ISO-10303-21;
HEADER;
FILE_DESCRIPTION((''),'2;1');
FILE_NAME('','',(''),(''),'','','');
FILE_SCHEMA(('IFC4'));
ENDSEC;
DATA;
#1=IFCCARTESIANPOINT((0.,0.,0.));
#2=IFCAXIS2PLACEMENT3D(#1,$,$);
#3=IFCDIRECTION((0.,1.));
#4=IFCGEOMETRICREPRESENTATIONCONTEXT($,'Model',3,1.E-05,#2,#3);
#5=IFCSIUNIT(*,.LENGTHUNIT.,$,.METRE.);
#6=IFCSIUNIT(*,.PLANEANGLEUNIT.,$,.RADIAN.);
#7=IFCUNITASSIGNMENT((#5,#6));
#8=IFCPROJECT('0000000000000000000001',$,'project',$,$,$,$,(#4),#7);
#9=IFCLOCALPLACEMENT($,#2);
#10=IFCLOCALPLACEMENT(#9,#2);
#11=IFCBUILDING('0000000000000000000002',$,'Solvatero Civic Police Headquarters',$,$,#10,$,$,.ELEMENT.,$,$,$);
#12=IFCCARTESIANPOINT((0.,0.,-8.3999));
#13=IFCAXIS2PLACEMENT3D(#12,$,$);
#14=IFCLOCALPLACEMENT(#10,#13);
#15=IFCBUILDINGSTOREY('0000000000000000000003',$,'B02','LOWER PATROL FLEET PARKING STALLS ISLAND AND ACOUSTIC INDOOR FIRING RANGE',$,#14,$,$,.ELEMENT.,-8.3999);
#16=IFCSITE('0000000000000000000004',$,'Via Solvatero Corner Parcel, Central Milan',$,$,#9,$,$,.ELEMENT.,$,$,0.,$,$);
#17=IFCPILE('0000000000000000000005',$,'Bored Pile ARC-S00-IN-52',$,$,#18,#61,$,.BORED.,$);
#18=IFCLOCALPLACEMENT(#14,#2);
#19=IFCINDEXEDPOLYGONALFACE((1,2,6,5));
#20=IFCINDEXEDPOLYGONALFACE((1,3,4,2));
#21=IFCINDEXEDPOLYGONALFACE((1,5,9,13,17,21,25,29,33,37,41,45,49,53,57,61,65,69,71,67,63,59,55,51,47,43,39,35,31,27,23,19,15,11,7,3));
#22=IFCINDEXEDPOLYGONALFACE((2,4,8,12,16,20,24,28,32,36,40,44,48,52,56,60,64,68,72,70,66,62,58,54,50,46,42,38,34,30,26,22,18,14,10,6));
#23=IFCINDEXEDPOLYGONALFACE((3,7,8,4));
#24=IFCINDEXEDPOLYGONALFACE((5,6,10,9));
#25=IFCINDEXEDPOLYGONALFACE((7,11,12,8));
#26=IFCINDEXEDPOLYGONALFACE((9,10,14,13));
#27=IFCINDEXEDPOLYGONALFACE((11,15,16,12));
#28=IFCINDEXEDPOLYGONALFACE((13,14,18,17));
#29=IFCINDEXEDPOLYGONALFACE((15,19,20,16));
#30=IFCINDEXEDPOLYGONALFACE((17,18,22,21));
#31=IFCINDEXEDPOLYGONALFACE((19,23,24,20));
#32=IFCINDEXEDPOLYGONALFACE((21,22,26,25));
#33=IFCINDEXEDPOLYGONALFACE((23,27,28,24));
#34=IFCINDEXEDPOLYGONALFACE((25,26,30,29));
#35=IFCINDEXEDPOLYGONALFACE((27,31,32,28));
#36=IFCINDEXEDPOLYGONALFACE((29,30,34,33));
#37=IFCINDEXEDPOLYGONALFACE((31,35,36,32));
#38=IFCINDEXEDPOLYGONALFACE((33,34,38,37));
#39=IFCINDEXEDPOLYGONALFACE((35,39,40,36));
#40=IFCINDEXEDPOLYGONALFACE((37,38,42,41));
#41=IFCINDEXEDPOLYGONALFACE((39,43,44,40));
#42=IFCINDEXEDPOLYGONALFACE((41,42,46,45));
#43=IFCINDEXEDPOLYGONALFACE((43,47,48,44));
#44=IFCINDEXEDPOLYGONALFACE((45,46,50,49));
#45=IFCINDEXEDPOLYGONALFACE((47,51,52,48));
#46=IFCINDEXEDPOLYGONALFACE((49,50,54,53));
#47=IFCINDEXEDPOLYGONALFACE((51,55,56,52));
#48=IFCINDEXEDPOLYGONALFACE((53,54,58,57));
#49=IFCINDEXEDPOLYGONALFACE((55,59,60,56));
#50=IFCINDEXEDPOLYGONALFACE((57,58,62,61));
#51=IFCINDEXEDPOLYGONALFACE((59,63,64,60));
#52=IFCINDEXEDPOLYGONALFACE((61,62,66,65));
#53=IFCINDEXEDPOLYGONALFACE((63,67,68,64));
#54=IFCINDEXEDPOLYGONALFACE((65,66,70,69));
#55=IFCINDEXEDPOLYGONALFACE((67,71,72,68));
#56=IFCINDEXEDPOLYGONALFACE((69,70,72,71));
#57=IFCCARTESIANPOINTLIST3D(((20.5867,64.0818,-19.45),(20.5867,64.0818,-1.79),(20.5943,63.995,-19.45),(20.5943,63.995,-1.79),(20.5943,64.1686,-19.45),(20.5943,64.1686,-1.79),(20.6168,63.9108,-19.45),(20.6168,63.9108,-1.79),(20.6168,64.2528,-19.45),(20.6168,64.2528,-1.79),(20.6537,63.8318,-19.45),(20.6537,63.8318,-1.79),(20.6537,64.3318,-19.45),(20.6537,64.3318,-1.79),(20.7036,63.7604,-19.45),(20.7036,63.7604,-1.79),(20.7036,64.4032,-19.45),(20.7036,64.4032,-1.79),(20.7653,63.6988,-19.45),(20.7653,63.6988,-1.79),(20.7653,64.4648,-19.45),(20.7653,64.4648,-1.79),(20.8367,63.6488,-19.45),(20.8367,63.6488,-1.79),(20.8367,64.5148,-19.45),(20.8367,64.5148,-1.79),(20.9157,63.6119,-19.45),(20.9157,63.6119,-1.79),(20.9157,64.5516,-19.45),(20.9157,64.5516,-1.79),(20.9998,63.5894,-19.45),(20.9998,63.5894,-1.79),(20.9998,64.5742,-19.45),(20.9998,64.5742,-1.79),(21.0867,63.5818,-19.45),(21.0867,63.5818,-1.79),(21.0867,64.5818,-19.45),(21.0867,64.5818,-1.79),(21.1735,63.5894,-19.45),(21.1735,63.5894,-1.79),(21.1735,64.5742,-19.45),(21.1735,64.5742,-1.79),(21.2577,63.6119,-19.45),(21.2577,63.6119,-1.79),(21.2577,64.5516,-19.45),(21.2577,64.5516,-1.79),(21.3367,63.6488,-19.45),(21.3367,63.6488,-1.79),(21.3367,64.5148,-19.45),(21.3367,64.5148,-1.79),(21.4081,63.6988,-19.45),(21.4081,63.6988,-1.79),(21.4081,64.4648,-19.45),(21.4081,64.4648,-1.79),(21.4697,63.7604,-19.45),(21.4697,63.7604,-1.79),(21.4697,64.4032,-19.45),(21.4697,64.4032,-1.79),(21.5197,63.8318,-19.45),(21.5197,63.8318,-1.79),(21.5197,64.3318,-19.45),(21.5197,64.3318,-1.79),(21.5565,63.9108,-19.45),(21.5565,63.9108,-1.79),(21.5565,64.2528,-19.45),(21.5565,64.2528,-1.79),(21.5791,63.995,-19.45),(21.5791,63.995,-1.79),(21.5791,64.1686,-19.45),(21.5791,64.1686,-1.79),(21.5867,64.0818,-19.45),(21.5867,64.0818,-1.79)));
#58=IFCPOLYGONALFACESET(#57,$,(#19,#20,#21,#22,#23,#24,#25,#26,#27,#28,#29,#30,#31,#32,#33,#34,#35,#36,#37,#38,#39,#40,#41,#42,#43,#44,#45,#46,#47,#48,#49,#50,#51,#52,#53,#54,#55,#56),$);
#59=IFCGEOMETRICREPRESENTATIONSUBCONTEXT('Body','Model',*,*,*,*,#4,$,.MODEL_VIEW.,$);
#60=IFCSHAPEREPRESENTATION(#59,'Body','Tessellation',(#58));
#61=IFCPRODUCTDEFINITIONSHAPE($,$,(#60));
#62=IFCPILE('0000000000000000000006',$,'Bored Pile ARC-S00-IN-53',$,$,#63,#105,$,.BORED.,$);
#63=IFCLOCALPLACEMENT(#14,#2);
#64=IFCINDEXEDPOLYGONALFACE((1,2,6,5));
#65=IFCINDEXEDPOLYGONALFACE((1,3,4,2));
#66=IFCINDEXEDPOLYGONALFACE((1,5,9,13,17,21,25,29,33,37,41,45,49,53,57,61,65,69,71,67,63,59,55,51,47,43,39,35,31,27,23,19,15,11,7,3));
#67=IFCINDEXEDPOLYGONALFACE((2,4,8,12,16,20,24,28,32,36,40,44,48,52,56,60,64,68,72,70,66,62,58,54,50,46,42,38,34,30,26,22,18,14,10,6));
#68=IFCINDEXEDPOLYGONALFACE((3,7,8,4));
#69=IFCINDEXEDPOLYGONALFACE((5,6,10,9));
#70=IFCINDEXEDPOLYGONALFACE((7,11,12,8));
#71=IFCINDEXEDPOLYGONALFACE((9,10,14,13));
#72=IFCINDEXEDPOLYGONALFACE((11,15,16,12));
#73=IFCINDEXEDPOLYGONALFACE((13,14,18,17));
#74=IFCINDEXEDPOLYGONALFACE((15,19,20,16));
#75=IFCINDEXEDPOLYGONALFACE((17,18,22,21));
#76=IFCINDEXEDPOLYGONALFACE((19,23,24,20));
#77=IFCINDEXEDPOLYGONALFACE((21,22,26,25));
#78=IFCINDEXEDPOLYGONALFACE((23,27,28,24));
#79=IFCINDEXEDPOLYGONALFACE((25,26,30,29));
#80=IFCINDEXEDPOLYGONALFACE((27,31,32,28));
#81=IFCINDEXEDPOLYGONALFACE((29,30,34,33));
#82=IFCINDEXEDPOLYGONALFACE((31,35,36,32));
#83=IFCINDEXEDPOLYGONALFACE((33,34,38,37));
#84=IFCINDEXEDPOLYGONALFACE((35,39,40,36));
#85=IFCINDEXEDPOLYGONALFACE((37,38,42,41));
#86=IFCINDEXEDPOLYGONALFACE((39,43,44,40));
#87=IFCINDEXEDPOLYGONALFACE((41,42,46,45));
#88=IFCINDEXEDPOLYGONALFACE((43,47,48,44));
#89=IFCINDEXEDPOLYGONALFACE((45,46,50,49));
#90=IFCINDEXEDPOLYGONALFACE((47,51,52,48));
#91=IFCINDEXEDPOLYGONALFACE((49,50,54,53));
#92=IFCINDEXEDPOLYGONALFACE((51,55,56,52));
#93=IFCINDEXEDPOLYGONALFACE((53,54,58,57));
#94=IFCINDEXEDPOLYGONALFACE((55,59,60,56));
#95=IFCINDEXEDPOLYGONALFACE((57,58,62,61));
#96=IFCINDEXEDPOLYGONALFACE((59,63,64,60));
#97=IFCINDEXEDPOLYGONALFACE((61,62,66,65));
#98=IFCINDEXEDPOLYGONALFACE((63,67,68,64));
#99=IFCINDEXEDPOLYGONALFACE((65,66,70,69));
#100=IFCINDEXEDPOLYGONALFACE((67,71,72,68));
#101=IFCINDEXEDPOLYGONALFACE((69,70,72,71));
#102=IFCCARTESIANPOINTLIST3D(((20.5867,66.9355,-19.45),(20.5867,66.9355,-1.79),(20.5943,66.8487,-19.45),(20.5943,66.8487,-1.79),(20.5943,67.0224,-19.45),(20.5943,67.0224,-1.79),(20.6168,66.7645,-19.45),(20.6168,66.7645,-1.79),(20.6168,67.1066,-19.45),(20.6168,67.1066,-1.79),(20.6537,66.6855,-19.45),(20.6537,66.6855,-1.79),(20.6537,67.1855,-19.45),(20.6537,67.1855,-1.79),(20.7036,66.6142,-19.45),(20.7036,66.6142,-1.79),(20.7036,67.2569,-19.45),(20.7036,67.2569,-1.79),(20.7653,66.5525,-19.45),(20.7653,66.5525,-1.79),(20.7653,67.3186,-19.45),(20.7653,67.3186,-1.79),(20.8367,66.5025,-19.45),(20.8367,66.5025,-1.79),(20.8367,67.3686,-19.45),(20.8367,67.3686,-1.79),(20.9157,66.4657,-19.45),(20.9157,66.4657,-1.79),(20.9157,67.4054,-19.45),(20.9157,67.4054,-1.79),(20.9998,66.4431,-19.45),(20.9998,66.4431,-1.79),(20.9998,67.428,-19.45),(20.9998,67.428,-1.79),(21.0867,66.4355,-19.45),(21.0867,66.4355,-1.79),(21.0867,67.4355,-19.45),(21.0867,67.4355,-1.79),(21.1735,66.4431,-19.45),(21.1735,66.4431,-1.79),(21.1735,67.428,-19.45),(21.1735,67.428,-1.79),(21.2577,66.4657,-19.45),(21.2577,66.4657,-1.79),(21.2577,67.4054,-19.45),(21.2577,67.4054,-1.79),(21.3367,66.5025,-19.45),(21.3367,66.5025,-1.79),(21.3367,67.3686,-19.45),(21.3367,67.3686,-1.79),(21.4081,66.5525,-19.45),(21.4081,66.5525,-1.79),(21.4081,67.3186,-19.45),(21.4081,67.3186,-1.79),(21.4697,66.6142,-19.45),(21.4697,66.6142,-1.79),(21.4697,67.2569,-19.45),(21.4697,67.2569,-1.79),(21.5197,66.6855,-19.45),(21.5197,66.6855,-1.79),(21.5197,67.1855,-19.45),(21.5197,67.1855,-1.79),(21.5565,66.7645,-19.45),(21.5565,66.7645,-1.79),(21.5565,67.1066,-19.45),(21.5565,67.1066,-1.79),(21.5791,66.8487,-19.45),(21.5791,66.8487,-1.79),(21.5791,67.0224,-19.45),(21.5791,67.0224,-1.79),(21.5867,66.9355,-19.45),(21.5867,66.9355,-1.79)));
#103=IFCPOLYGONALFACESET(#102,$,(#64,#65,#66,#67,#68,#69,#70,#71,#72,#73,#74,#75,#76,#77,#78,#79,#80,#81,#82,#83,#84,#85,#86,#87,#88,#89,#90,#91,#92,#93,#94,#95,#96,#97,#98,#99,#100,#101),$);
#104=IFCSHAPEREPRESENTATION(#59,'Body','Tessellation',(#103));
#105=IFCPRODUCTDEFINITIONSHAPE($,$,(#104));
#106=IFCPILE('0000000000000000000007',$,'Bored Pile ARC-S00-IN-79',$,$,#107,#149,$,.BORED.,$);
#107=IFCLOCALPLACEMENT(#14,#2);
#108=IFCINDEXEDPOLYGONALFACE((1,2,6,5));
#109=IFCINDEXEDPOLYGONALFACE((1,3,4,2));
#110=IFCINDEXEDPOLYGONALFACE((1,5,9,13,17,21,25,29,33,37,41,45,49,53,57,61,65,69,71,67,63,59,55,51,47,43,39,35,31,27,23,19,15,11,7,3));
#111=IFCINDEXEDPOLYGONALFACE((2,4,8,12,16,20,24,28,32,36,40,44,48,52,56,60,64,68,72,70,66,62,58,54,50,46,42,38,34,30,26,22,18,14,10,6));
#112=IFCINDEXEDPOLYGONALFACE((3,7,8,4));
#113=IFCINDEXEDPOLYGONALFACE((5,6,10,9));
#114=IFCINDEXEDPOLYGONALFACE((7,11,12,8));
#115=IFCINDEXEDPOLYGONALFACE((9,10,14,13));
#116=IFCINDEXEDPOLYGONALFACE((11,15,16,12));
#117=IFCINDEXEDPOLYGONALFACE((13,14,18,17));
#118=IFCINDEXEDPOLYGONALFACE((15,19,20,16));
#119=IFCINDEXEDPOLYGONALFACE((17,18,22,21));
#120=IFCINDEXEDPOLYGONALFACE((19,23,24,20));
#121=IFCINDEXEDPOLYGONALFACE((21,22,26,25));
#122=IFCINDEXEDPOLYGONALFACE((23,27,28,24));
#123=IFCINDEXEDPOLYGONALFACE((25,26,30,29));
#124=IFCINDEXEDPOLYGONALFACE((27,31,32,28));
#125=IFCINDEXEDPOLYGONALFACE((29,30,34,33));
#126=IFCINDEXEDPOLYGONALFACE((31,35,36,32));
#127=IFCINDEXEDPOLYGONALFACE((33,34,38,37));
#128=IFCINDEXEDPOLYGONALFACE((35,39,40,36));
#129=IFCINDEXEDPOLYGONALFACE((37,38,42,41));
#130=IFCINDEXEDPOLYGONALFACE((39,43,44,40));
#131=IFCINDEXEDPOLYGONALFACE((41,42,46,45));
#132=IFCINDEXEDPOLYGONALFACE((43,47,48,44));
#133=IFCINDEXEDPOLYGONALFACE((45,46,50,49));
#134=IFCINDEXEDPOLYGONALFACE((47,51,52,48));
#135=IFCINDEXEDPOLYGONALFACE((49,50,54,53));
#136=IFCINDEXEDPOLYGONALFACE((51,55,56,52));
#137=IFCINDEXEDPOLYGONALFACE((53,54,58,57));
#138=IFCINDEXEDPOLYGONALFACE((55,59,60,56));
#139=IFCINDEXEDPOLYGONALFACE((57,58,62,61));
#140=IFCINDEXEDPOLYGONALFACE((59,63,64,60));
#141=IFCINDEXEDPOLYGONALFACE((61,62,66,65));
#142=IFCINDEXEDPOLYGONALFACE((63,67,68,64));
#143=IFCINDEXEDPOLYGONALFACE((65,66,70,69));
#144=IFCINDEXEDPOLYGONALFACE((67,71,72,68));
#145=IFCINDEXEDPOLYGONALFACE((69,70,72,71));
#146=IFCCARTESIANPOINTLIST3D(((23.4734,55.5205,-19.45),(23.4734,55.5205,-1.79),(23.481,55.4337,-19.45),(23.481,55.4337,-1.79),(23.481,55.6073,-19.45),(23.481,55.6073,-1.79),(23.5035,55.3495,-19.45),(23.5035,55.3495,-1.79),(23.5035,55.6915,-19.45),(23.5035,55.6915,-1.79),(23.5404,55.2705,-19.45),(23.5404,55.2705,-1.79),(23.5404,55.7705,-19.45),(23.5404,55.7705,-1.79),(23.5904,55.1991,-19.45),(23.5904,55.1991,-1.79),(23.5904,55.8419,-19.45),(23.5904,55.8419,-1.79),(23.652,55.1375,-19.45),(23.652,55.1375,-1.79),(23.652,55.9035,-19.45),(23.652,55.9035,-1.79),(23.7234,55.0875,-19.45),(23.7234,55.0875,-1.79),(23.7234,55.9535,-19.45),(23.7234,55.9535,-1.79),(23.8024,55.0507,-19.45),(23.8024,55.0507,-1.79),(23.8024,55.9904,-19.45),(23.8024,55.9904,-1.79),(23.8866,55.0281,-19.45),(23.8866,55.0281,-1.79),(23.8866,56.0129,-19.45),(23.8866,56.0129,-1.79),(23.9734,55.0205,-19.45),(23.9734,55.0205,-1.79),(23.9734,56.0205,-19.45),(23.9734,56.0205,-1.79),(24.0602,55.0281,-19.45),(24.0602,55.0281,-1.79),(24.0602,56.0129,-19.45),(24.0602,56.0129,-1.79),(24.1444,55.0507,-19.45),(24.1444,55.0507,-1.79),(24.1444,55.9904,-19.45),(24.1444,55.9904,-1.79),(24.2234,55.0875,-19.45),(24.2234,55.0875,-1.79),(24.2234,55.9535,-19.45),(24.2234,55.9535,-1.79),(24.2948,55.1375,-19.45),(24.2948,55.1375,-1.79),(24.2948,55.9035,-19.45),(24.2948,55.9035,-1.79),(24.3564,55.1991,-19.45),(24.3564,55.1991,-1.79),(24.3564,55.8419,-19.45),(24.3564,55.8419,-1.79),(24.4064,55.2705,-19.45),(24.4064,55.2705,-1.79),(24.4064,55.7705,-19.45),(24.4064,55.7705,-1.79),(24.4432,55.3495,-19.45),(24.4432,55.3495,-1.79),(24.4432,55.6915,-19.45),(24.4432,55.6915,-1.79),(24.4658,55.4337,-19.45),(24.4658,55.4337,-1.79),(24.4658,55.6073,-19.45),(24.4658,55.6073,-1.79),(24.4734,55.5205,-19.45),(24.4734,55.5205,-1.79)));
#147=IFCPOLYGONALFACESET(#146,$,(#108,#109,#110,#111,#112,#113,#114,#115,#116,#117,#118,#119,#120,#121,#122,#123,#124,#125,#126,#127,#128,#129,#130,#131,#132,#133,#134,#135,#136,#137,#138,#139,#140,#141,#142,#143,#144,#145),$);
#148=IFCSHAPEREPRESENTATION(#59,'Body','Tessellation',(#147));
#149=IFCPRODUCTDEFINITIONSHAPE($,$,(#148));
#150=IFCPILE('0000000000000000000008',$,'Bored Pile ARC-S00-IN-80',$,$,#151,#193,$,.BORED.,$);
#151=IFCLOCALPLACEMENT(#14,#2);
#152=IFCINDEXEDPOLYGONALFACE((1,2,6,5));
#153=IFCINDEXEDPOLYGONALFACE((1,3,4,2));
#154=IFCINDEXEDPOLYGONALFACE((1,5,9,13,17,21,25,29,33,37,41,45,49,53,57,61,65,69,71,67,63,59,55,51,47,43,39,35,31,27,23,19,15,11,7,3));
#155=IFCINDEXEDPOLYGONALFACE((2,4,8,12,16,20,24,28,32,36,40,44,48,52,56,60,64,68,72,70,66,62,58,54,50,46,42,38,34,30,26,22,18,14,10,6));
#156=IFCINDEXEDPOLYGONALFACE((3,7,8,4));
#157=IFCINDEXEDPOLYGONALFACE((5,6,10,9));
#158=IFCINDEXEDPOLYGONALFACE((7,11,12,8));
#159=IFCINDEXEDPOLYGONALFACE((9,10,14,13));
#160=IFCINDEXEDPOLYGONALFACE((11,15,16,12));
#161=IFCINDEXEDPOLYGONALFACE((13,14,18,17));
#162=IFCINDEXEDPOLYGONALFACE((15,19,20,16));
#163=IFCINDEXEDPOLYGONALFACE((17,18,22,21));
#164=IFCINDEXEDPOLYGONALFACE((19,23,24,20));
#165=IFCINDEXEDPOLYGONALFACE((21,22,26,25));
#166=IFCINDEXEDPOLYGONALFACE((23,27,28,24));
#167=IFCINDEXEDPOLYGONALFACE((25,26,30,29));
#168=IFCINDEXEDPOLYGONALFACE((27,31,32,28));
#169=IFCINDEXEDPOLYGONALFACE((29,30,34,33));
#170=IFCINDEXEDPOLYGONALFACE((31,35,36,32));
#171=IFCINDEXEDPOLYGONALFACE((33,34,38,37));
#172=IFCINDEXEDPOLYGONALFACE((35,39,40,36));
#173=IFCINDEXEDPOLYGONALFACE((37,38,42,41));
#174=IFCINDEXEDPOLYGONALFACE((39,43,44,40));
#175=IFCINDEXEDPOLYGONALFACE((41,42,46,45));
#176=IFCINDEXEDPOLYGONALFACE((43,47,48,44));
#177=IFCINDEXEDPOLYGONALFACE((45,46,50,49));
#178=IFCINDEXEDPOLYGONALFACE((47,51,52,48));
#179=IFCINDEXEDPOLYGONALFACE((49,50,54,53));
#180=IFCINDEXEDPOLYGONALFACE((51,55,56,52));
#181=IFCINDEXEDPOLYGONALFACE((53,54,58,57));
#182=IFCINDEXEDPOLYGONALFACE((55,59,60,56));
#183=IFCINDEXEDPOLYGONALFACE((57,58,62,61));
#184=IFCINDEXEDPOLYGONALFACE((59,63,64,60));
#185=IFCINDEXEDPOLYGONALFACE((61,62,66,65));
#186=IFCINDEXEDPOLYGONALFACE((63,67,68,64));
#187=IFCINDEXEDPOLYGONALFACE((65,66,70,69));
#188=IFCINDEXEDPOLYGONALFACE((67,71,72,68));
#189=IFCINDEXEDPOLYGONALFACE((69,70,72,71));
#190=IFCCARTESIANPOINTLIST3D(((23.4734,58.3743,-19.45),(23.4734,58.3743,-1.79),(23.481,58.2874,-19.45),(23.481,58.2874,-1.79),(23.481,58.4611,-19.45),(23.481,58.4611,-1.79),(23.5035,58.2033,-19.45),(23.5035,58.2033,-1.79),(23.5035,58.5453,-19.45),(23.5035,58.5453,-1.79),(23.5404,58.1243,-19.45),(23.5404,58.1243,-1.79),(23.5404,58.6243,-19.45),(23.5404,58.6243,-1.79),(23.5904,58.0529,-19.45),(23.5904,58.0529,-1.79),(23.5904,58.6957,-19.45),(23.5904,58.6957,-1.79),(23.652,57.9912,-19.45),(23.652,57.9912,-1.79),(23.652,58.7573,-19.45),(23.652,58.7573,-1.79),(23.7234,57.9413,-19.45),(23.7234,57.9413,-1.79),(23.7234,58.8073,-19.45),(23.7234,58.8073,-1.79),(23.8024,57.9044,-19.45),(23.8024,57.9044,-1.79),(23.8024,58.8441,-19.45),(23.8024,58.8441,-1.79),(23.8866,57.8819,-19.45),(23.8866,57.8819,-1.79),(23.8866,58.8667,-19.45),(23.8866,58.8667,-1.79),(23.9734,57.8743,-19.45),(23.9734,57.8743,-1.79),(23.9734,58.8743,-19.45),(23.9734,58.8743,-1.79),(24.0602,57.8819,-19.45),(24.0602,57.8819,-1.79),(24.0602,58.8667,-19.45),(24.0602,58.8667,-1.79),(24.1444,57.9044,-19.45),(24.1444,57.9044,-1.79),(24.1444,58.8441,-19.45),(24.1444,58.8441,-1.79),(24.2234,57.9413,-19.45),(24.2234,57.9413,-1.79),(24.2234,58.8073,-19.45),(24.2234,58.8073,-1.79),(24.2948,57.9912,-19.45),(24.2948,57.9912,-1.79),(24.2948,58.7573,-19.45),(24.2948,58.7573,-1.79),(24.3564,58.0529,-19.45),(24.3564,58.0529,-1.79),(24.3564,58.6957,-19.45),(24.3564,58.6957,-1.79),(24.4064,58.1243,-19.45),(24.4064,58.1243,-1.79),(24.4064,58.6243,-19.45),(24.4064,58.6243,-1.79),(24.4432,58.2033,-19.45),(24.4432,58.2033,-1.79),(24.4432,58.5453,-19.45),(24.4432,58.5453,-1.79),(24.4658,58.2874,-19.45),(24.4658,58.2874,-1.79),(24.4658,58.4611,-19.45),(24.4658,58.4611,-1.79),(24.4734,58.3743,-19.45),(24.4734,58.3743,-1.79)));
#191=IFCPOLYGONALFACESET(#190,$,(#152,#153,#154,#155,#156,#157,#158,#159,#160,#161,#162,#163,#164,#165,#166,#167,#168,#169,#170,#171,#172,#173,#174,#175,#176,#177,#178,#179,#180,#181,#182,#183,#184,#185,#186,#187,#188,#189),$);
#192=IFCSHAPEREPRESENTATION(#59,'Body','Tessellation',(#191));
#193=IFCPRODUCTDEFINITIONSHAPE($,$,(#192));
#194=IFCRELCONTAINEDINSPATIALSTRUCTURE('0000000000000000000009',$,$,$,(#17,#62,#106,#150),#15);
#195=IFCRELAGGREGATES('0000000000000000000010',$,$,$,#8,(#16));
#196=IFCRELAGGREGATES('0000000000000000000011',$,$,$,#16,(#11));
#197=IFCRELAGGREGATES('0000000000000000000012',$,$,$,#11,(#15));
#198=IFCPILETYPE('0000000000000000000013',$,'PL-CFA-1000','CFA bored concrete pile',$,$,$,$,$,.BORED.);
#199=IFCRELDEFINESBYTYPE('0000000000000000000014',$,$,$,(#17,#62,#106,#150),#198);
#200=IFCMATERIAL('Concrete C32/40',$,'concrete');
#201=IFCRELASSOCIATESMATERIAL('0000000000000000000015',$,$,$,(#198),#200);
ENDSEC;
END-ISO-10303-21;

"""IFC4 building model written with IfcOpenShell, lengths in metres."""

from ifc_helpers import new_model, si_unit, direction, frame, origin, origin_2d, place, context, subcontext, project, spatial, circle, extrude, material, material_profile, profile_set, type_object, element, save


model = new_model("IFC4")

# Units and contexts
model_context = context("Model", 3, precision=1e-05, world=origin(), true_north=direction((0.0, 1.0)))
body_context = subcontext(model_context, "Body", "Model", "MODEL_VIEW")
ifc_project = project(units=[si_unit("LENGTHUNIT", "METRE"), si_unit("PLANEANGLEUNIT", "RADIAN")], contexts=[model_context])

# Site, building, storey
site_placement = place(None, origin())
site = spatial("IfcSite", under=ifc_project, at=site_placement, Name="Via Solvatero Corner Parcel, Central Milan", CompositionType="ELEMENT", RefElevation=0.0)
building_placement = place(site_placement, origin())
building = spatial("IfcBuilding", under=site, at=building_placement, Name="Solvatero Civic Police Headquarters", CompositionType="ELEMENT")
storey_placement = place(building_placement, frame((0.0, 0.0, -8.3999)))
storey = spatial("IfcBuildingStorey", under=building, at=storey_placement, Name="B02", Description="LOWER PATROL FLEET PARKING STALLS ISLAND AND ACOUSTIC INDOOR FIRING RANGE", CompositionType="ELEMENT", Elevation=-8.3999)

# Piles
ifc_material_1 = material(Name="Concrete C32/40", Category="concrete")
ifc_material_profile_1 = material_profile(ifc_material_1, circle(Radius=0.5, at=origin_2d()), Name="CFA PILE D1000")
ifc_profile_set_1 = profile_set([ifc_material_profile_1], Name="Concrete C32/40")
pile_type = type_object("IfcPileType", Name="PL-CFA-1000", Description="CFA bored concrete pile", PredefinedType="BORED", material=ifc_profile_set_1)
for number, where, z_axis, x_axis, name in (
    (1, (21.0867, 64.0818, -1.79), (0.0, 0.0, -1.0), (1.0, 0.0, 0.0), "Bored Pile ARC-S00-IN-52"),
    (2, (21.0867, 66.9355, -1.79), (0.0, 0.0, -1.0), (1.0, 0.0, 0.0), "Bored Pile ARC-S00-IN-53"),
    (3, (23.9734, 55.5205, -1.79), (0.0, 0.0, -1.0), (1.0, 0.0, 0.0), "Bored Pile ARC-S00-IN-79"),
    (4, (23.9734, 58.3743, -1.79), (0.0, 0.0, -1.0), (1.0, 0.0, 0.0), "Bored Pile ARC-S00-IN-80"),
):
    element("IfcPile", number, at=place(storey_placement, frame(where, z_axis=z_axis, x_axis=x_axis)), inside=storey, type_object=pile_type, Name=name, PredefinedType="BORED", context=body_context, shape_type="SweptSolid", body=[
        extrude(circle(Radius=0.5, at=origin_2d()), origin(), (0.0, 0.0, 1.0), 17.6599),
    ])

save(model, "model.ifc")
